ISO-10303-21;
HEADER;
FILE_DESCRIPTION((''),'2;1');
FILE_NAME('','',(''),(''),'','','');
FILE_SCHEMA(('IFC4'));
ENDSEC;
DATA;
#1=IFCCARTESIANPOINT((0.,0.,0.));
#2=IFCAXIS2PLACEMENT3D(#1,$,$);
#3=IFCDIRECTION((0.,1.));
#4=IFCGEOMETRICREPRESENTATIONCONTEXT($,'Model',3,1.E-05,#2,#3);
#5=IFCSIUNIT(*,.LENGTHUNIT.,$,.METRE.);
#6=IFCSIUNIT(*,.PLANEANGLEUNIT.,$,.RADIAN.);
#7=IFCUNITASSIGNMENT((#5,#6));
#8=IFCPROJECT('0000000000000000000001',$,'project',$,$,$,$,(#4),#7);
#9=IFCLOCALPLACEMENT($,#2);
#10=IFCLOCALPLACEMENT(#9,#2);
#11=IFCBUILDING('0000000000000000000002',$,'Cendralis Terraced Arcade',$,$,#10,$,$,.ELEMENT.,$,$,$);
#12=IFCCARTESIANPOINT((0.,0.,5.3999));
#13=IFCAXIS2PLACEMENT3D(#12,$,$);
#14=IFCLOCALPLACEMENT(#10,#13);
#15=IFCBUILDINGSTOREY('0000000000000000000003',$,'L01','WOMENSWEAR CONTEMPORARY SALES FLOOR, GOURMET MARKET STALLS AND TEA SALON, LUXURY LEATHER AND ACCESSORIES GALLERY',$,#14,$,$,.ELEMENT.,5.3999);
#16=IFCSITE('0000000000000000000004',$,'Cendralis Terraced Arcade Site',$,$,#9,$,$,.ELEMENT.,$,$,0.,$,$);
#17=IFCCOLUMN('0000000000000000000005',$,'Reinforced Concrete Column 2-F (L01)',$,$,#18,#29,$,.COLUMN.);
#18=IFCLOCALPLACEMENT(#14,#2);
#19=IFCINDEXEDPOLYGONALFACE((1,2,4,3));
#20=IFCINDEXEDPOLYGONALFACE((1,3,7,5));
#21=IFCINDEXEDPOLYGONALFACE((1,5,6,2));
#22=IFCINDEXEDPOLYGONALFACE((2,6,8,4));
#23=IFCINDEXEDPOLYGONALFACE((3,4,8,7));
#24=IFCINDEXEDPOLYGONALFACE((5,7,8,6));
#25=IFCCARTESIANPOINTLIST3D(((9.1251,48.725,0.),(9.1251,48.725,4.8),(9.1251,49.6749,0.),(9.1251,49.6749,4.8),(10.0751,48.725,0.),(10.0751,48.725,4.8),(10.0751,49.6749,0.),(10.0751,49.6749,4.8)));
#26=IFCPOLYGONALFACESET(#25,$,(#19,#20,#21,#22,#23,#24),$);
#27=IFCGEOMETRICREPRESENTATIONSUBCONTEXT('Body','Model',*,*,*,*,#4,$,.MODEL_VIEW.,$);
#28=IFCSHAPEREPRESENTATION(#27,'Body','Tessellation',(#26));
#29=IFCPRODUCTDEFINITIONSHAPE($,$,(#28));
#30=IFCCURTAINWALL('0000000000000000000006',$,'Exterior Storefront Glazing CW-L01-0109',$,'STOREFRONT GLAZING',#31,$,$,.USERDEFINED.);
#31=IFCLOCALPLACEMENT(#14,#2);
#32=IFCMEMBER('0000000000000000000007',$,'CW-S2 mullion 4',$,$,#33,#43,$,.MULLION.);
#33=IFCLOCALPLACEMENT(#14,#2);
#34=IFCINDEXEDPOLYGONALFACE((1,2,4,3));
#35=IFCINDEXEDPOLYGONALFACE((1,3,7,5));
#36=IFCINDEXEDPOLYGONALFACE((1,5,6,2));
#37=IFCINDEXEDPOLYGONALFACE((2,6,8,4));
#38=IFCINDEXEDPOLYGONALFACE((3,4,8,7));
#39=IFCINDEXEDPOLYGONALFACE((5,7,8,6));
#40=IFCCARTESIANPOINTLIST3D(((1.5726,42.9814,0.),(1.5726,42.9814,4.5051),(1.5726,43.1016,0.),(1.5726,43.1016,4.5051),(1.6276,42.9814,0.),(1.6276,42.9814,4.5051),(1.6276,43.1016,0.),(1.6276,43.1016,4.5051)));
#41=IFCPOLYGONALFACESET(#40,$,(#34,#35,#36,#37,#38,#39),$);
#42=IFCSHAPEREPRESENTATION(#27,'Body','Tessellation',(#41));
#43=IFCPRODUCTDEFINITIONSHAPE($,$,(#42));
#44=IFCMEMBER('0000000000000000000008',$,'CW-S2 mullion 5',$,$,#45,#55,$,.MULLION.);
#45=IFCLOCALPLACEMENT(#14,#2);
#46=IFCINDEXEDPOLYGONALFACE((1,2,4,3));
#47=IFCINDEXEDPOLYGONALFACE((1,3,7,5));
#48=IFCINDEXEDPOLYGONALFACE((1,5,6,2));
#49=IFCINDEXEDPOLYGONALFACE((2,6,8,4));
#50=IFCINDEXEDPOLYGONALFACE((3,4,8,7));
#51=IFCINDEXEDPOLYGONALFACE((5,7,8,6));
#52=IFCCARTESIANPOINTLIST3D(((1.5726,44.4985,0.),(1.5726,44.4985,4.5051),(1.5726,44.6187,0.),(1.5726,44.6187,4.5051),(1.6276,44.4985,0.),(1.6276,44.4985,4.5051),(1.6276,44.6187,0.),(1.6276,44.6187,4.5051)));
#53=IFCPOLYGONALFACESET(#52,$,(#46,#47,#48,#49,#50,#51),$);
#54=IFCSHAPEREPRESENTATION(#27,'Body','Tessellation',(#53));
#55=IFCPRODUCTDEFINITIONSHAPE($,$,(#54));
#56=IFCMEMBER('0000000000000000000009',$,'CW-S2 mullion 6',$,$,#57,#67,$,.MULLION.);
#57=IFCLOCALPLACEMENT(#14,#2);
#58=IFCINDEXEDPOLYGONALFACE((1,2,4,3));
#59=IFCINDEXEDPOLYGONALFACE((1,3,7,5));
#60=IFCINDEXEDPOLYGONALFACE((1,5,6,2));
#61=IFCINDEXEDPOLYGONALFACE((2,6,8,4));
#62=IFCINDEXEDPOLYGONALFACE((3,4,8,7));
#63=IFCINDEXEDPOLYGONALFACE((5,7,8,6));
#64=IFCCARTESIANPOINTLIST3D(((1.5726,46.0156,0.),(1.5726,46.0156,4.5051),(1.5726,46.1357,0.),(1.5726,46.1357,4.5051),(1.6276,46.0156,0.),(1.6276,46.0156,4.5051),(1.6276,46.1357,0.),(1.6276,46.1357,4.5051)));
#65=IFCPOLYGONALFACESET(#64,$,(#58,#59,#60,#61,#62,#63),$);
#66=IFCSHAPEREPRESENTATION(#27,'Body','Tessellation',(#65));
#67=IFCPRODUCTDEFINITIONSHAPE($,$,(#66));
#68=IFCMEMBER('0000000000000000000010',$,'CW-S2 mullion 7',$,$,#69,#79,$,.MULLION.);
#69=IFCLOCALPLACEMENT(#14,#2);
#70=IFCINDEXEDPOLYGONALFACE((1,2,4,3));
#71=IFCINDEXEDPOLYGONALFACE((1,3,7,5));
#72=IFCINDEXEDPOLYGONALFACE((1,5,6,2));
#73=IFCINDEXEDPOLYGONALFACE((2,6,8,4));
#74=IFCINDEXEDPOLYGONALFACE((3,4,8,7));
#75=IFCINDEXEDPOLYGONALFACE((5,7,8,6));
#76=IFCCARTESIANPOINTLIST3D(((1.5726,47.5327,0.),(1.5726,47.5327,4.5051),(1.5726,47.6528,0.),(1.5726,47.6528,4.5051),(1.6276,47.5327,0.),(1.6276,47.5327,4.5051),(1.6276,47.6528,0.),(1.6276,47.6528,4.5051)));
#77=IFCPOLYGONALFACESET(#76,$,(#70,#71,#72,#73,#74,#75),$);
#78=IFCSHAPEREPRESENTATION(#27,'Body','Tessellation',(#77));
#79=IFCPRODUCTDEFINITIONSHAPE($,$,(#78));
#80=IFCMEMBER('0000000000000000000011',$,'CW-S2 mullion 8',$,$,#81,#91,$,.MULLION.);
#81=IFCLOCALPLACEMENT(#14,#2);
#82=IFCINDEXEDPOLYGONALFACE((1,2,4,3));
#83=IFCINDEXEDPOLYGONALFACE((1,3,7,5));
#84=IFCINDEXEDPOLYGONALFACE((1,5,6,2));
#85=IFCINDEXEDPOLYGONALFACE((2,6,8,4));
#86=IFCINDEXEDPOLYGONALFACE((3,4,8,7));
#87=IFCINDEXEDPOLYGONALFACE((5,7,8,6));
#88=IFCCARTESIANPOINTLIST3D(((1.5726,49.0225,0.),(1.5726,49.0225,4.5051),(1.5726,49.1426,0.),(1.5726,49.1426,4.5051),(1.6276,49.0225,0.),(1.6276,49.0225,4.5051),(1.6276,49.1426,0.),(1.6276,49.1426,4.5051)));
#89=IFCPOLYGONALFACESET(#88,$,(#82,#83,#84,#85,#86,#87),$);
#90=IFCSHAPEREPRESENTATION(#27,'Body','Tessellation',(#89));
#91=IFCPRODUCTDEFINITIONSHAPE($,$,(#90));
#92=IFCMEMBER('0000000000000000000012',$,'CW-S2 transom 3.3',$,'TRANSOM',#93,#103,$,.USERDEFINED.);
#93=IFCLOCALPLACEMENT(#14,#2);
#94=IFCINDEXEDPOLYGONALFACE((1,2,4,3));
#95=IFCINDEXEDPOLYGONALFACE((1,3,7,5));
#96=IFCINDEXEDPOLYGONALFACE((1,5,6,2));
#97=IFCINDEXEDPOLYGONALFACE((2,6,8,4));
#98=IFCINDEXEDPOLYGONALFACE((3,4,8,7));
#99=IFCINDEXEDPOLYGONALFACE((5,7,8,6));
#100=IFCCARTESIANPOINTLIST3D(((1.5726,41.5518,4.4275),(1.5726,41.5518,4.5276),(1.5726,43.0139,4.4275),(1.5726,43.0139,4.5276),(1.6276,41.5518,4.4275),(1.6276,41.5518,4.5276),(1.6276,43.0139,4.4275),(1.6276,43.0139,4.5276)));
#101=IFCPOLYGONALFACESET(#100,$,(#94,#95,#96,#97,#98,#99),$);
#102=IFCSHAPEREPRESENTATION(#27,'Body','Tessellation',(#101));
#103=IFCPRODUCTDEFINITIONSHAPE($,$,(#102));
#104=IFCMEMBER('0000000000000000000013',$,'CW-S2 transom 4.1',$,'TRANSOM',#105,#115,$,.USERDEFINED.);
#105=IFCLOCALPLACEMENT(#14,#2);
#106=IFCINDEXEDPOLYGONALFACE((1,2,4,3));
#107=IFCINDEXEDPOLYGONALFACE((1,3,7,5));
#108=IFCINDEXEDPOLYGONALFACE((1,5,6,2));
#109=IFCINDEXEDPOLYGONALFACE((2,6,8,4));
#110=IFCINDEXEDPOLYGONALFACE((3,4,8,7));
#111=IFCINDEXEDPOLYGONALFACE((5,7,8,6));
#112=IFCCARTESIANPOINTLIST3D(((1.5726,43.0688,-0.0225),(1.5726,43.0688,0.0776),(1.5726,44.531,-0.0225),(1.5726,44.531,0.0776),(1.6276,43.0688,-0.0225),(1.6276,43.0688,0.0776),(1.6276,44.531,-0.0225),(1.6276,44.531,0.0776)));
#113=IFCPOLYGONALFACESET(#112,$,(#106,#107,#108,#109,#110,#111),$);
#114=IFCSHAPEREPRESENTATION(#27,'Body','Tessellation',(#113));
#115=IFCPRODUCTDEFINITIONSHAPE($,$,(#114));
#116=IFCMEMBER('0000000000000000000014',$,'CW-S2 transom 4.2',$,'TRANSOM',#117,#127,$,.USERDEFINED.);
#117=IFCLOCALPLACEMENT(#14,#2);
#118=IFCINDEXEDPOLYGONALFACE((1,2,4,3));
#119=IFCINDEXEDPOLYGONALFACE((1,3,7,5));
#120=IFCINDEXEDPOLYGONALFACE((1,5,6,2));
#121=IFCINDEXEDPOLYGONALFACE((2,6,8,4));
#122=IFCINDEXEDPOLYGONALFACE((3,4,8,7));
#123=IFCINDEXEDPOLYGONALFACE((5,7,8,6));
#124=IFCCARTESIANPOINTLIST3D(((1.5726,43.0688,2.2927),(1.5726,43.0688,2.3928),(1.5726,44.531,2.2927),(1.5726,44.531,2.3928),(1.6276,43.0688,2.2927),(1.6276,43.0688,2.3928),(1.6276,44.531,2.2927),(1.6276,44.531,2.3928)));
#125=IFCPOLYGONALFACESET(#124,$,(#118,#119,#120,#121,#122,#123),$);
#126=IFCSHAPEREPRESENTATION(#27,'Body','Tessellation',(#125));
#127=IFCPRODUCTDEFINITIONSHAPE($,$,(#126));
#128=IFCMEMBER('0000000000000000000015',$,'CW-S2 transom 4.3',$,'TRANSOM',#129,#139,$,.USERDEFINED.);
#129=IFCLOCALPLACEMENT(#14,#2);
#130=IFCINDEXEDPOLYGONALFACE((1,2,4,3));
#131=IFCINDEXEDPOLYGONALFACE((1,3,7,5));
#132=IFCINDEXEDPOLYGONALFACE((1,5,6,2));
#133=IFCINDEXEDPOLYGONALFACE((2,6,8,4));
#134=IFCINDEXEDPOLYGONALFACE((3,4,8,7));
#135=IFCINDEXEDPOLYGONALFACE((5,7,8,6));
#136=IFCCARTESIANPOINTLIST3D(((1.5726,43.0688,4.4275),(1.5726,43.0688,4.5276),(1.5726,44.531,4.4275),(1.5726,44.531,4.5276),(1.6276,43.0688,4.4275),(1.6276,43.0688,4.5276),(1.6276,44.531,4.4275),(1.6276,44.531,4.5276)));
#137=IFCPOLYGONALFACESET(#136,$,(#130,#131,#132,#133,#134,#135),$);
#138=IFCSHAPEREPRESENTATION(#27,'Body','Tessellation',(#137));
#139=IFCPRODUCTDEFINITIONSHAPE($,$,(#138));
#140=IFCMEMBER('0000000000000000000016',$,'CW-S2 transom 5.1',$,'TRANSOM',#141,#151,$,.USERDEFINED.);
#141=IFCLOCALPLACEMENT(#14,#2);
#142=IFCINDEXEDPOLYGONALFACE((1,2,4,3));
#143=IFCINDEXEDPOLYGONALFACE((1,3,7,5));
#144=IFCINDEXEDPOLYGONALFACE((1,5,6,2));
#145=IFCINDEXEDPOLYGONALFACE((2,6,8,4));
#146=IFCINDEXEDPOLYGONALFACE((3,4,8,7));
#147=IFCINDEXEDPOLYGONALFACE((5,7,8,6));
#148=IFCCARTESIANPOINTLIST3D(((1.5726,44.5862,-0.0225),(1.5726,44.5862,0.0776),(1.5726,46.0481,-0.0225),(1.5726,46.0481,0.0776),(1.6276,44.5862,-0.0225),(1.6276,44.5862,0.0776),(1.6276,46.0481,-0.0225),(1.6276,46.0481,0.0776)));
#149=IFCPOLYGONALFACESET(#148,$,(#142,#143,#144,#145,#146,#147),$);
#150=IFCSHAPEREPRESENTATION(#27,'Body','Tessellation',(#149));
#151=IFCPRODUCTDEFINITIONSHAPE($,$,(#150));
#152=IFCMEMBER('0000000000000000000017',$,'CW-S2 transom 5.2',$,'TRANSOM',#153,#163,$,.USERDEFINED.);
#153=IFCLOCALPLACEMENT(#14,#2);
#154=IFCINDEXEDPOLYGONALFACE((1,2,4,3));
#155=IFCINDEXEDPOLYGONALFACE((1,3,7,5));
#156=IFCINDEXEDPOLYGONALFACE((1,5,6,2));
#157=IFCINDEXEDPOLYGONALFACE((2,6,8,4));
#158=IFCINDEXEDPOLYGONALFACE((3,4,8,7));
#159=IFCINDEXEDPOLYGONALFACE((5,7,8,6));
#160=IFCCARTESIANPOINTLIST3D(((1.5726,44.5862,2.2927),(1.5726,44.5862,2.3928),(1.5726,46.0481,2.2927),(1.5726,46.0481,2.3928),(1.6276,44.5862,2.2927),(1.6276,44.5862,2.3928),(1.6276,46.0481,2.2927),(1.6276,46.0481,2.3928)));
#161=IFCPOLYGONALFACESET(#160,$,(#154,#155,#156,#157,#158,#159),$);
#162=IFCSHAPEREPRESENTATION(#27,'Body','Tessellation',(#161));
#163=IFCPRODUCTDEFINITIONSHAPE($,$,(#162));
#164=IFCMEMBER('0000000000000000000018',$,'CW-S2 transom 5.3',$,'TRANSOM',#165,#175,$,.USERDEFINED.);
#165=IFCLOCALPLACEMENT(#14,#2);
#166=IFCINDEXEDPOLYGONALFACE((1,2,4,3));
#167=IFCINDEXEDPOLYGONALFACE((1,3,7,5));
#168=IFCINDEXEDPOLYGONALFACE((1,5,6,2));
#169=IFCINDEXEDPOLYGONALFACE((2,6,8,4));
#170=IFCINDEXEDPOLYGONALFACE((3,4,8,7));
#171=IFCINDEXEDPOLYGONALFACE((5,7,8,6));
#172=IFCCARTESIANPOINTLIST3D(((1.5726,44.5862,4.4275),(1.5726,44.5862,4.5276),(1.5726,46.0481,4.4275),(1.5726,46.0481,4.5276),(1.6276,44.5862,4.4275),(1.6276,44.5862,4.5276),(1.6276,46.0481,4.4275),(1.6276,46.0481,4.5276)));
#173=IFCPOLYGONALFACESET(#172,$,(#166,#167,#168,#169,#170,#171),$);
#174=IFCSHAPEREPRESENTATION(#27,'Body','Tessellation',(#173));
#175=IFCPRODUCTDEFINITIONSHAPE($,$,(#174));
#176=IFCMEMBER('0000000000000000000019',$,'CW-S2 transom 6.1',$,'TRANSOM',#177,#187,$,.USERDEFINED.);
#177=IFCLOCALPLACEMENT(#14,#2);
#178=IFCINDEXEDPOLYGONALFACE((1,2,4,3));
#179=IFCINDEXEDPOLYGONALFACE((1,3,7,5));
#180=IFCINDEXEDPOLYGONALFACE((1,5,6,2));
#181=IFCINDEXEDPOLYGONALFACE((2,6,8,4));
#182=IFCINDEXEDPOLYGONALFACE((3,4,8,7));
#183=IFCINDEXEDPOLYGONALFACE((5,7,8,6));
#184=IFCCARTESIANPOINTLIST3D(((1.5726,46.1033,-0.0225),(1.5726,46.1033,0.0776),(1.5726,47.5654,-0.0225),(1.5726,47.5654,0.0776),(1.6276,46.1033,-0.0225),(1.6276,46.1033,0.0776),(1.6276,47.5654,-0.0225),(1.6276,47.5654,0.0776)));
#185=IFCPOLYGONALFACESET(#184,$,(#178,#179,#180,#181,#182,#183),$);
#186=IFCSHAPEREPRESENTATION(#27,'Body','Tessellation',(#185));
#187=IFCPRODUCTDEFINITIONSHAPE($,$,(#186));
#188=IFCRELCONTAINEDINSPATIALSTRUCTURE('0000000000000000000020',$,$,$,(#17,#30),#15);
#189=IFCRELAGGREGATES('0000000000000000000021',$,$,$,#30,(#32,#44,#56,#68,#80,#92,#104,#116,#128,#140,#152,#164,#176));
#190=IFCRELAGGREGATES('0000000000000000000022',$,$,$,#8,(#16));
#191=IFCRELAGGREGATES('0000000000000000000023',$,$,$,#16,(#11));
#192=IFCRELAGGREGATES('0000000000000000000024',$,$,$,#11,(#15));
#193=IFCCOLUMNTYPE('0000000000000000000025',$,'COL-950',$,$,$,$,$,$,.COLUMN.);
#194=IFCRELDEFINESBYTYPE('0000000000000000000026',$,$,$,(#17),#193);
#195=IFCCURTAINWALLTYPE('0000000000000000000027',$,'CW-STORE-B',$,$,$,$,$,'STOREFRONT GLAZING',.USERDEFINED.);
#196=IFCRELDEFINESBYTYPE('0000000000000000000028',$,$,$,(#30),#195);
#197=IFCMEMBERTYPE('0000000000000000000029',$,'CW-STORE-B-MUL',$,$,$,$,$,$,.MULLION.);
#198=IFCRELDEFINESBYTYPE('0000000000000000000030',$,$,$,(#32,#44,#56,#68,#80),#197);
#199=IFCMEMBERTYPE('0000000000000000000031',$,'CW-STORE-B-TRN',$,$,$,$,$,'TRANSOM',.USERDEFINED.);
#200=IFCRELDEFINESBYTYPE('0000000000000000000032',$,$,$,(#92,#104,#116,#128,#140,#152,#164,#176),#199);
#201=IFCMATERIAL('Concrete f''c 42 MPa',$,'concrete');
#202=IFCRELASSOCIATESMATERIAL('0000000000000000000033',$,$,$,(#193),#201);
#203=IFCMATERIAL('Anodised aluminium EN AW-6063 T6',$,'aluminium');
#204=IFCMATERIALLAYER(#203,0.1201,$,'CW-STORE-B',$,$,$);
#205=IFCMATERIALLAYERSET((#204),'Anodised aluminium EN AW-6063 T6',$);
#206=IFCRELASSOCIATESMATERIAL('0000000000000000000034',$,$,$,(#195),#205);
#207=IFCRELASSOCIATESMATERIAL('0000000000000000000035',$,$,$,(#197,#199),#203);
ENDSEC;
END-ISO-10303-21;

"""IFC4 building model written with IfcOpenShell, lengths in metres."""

from ifc_helpers import new_model, si_unit, direction, frame, origin, origin_2d, place, context, subcontext, project, spatial, rectangle, extrude, material, layer, layer_set, material_profile, profile_set, type_object, element, aggregate, save


model = new_model("IFC4")

# Units and contexts
model_context = context("Model", 3, precision=1e-05, world=origin(), true_north=direction((0.0, 1.0)))
body_context = subcontext(model_context, "Body", "Model", "MODEL_VIEW")
ifc_project = project(units=[si_unit("LENGTHUNIT", "METRE"), si_unit("PLANEANGLEUNIT", "RADIAN")], contexts=[model_context])

# Site, building, storey
site_placement = place(None, origin())
site = spatial("IfcSite", under=ifc_project, at=site_placement, Name="Cendralis Terraced Arcade Site", CompositionType="ELEMENT", RefElevation=0.0)
building_placement = place(site_placement, origin())
building = spatial("IfcBuilding", under=site, at=building_placement, Name="Cendralis Terraced Arcade", CompositionType="ELEMENT")
storey_placement = place(building_placement, frame((0.0, 0.0, 5.3999)))
storey = spatial("IfcBuildingStorey", under=building, at=storey_placement, Name="L01", Description="WOMENSWEAR CONTEMPORARY SALES FLOOR, GOURMET MARKET STALLS AND TEA SALON, LUXURY LEATHER AND ACCESSORIES GALLERY", CompositionType="ELEMENT", Elevation=5.3999)

# Column
ifc_material_1 = material(Name="Concrete f'c 42 MPa", Category="concrete")
ifc_material_profile_1 = material_profile(ifc_material_1, rectangle(XDim=0.95, YDim=0.95, at=origin_2d()), Name="RC-COL-950x950", Category="LoadBearing")
ifc_profile_set_1 = profile_set([ifc_material_profile_1], Name="Concrete f'c 42 MPa")
column_type = type_object("IfcColumnType", Name="COL-950", PredefinedType="COLUMN", material=ifc_profile_set_1)
column_placement = place(storey_placement, frame((9.6001, 49.2, 0.0), z_axis=(0.0, 0.0, 1.0), x_axis=(1.0, 0.0, 0.0)))
element("IfcColumn", 1, at=column_placement, inside=storey, type_object=column_type, Name="Reinforced Concrete Column 2-F (L01)", PredefinedType="COLUMN", context=body_context, shape_type="SweptSolid", body=[
    extrude(rectangle(XDim=0.95, YDim=0.95, at=origin_2d()), origin(), (0.0, 0.0, 1.0), 4.8),
])

# Curtain wall, members
ifc_material_2 = material(Name="Anodised aluminium EN AW-6063 T6", Category="aluminium")
ifc_layer_1 = layer(ifc_material_2, 0.1201, Name="CW-STORE-B")
ifc_layer_set_1 = layer_set([ifc_layer_1], Name="Anodised aluminium EN AW-6063 T6")
curtain_wall_type = type_object("IfcCurtainWallType", Name="CW-STORE-B", ElementType="STOREFRONT GLAZING", PredefinedType="USERDEFINED", material=ifc_layer_set_1)
curtain_wall_placement = place(storey_placement, origin())
curtain_wall = element("IfcCurtainWall", 2, at=curtain_wall_placement, inside=storey, type_object=curtain_wall_type, Name="Exterior Storefront Glazing CW-L01-0109", ObjectType="STOREFRONT GLAZING", PredefinedType="USERDEFINED")
ifc_material_profile_2 = material_profile(ifc_material_2, rectangle(XDim=0.0549, YDim=0.1201, at=origin_2d()), Name="ALU-MUL-55x120")
ifc_profile_set_2 = profile_set([ifc_material_profile_2], Name="Anodised aluminium EN AW-6063 T6")
member_type_1 = type_object("IfcMemberType", Name="CW-STORE-B-MUL", PredefinedType="MULLION", material=ifc_profile_set_2)
member_1_placement = place(storey_placement, frame((1.6001, 43.0415, 0.0), z_axis=(0.0, 0.0, 1.0), x_axis=(-1.0, 0.0, 0.0)))
member_1 = element("IfcMember", 3, at=member_1_placement, type_object=member_type_1, Name="CW-S2 mullion 4", PredefinedType="MULLION", context=body_context, shape_type="SweptSolid", body=[
    extrude(rectangle(XDim=0.0549, YDim=0.1201, at=origin_2d()), origin(), (0.0, 0.0, 1.0), 4.5051),
])
member_2_placement = place(storey_placement, frame((1.6001, 44.5586, 0.0), z_axis=(0.0, 0.0, 1.0), x_axis=(-1.0, 0.0, 0.0)))
member_2 = element("IfcMember", 4, at=member_2_placement, type_object=member_type_1, Name="CW-S2 mullion 5", PredefinedType="MULLION", context=body_context, shape_type="SweptSolid", body=[
    extrude(rectangle(XDim=0.0549, YDim=0.1201, at=origin_2d()), origin(), (0.0, 0.0, 1.0), 4.5051),
])
member_3_placement = place(storey_placement, frame((1.6001, 46.0757, 0.0), z_axis=(0.0, 0.0, 1.0), x_axis=(-1.0, 0.0, 0.0)))
member_3 = element("IfcMember", 5, at=member_3_placement, type_object=member_type_1, Name="CW-S2 mullion 6", PredefinedType="MULLION", context=body_context, shape_type="SweptSolid", body=[
    extrude(rectangle(XDim=0.0549, YDim=0.1201, at=origin_2d()), origin(), (0.0, 0.0, 1.0), 4.5051),
])
member_4_placement = place(storey_placement, frame((1.6001, 47.5928, 0.0), z_axis=(0.0, 0.0, 1.0), x_axis=(-1.0, 0.0, 0.0)))
member_4 = element("IfcMember", 6, at=member_4_placement, type_object=member_type_1, Name="CW-S2 mullion 7", PredefinedType="MULLION", context=body_context, shape_type="SweptSolid", body=[
    extrude(rectangle(XDim=0.0549, YDim=0.1201, at=origin_2d()), origin(), (0.0, 0.0, 1.0), 4.5051),
])
member_5_placement = place(storey_placement, frame((1.6001, 49.0825, 0.0), z_axis=(0.0, 0.0, 1.0), x_axis=(-1.0, 0.0, 0.0)))
member_5 = element("IfcMember", 7, at=member_5_placement, type_object=member_type_1, Name="CW-S2 mullion 8", PredefinedType="MULLION", context=body_context, shape_type="SweptSolid", body=[
    extrude(rectangle(XDim=0.0549, YDim=0.1201, at=origin_2d()), origin(), (0.0, 0.0, 1.0), 4.5051),
])
ifc_material_profile_3 = material_profile(ifc_material_2, rectangle(XDim=0.0549, YDim=0.1001, at=origin_2d()), Name="ALU-TRN-55x100")
ifc_profile_set_3 = profile_set([ifc_material_profile_3], Name="Anodised aluminium EN AW-6063 T6")
member_type_2 = type_object("IfcMemberType", Name="CW-STORE-B-TRN", ElementType="TRANSOM", PredefinedType="USERDEFINED", material=ifc_profile_set_3)
member_6_placement = place(storey_placement, frame((1.6001, 41.5518, 4.4775), z_axis=(0.0, 1.0, 0.0), x_axis=(-1.0, 0.0, 0.0)))
member_6 = element("IfcMember", 8, at=member_6_placement, type_object=member_type_2, Name="CW-S2 transom 3.3", ObjectType="TRANSOM", PredefinedType="USERDEFINED", context=body_context, shape_type="SweptSolid", body=[
    extrude(rectangle(XDim=0.0549, YDim=0.1001, at=origin_2d()), origin(), (0.0, 0.0, 1.0), 1.4622),
])
member_7_placement = place(storey_placement, frame((1.6001, 43.0688, 0.0276), z_axis=(0.0, 1.0, 0.0), x_axis=(-1.0, 0.0, 0.0)))
member_7 = element("IfcMember", 9, at=member_7_placement, type_object=member_type_2, Name="CW-S2 transom 4.1", ObjectType="TRANSOM", PredefinedType="USERDEFINED", context=body_context, shape_type="SweptSolid", body=[
    extrude(rectangle(XDim=0.0549, YDim=0.1001, at=origin_2d()), origin(), (0.0, 0.0, 1.0), 1.4622),
])
member_8_placement = place(storey_placement, frame((1.6001, 43.0688, 2.3428), z_axis=(0.0, 1.0, 0.0), x_axis=(-1.0, 0.0, 0.0)))
member_8 = element("IfcMember", 10, at=member_8_placement, type_object=member_type_2, Name="CW-S2 transom 4.2", ObjectType="TRANSOM", PredefinedType="USERDEFINED", context=body_context, shape_type="SweptSolid", body=[
    extrude(rectangle(XDim=0.0549, YDim=0.1001, at=origin_2d()), origin(), (0.0, 0.0, 1.0), 1.4622),
])
member_9_placement = place(storey_placement, frame((1.6001, 43.0688, 4.4775), z_axis=(0.0, 1.0, 0.0), x_axis=(-1.0, 0.0, 0.0)))
member_9 = element("IfcMember", 11, at=member_9_placement, type_object=member_type_2, Name="CW-S2 transom 4.3", ObjectType="TRANSOM", PredefinedType="USERDEFINED", context=body_context, shape_type="SweptSolid", body=[
    extrude(rectangle(XDim=0.0549, YDim=0.1001, at=origin_2d()), origin(), (0.0, 0.0, 1.0), 1.4622),
])
member_10_placement = place(storey_placement, frame((1.6001, 44.5862, 0.0276), z_axis=(0.0, 1.0, 0.0), x_axis=(-1.0, 0.0, 0.0)))
member_10 = element("IfcMember", 12, at=member_10_placement, type_object=member_type_2, Name="CW-S2 transom 5.1", ObjectType="TRANSOM", PredefinedType="USERDEFINED", context=body_context, shape_type="SweptSolid", body=[
    extrude(rectangle(XDim=0.0549, YDim=0.1001, at=origin_2d()), origin(), (0.0, 0.0, 1.0), 1.4619),
])
member_11_placement = place(storey_placement, frame((1.6001, 44.5862, 2.3428), z_axis=(0.0, 1.0, 0.0), x_axis=(-1.0, 0.0, 0.0)))
member_11 = element("IfcMember", 13, at=member_11_placement, type_object=member_type_2, Name="CW-S2 transom 5.2", ObjectType="TRANSOM", PredefinedType="USERDEFINED", context=body_context, shape_type="SweptSolid", body=[
    extrude(rectangle(XDim=0.0549, YDim=0.1001, at=origin_2d()), origin(), (0.0, 0.0, 1.0), 1.4619),
])
member_12_placement = place(storey_placement, frame((1.6001, 44.5862, 4.4775), z_axis=(0.0, 1.0, 0.0), x_axis=(-1.0, 0.0, 0.0)))
member_12 = element("IfcMember", 14, at=member_12_placement, type_object=member_type_2, Name="CW-S2 transom 5.3", ObjectType="TRANSOM", PredefinedType="USERDEFINED", context=body_context, shape_type="SweptSolid", body=[
    extrude(rectangle(XDim=0.0549, YDim=0.1001, at=origin_2d()), origin(), (0.0, 0.0, 1.0), 1.4619),
])
member_13_placement = place(storey_placement, frame((1.6001, 46.1033, 0.0276), z_axis=(0.0, 1.0, 0.0), x_axis=(-1.0, 0.0, 0.0)))
member_13 = element("IfcMember", 15, at=member_13_placement, type_object=member_type_2, Name="CW-S2 transom 6.1", ObjectType="TRANSOM", PredefinedType="USERDEFINED", context=body_context, shape_type="SweptSolid", body=[
    extrude(rectangle(XDim=0.0549, YDim=0.1001, at=origin_2d()), origin(), (0.0, 0.0, 1.0), 1.4622),
])
aggregate(curtain_wall, [member_1, member_2, member_3, member_4, member_5, member_6, member_7, member_8, member_9, member_10, member_11, member_12, member_13])

save(model, "model.ifc")
